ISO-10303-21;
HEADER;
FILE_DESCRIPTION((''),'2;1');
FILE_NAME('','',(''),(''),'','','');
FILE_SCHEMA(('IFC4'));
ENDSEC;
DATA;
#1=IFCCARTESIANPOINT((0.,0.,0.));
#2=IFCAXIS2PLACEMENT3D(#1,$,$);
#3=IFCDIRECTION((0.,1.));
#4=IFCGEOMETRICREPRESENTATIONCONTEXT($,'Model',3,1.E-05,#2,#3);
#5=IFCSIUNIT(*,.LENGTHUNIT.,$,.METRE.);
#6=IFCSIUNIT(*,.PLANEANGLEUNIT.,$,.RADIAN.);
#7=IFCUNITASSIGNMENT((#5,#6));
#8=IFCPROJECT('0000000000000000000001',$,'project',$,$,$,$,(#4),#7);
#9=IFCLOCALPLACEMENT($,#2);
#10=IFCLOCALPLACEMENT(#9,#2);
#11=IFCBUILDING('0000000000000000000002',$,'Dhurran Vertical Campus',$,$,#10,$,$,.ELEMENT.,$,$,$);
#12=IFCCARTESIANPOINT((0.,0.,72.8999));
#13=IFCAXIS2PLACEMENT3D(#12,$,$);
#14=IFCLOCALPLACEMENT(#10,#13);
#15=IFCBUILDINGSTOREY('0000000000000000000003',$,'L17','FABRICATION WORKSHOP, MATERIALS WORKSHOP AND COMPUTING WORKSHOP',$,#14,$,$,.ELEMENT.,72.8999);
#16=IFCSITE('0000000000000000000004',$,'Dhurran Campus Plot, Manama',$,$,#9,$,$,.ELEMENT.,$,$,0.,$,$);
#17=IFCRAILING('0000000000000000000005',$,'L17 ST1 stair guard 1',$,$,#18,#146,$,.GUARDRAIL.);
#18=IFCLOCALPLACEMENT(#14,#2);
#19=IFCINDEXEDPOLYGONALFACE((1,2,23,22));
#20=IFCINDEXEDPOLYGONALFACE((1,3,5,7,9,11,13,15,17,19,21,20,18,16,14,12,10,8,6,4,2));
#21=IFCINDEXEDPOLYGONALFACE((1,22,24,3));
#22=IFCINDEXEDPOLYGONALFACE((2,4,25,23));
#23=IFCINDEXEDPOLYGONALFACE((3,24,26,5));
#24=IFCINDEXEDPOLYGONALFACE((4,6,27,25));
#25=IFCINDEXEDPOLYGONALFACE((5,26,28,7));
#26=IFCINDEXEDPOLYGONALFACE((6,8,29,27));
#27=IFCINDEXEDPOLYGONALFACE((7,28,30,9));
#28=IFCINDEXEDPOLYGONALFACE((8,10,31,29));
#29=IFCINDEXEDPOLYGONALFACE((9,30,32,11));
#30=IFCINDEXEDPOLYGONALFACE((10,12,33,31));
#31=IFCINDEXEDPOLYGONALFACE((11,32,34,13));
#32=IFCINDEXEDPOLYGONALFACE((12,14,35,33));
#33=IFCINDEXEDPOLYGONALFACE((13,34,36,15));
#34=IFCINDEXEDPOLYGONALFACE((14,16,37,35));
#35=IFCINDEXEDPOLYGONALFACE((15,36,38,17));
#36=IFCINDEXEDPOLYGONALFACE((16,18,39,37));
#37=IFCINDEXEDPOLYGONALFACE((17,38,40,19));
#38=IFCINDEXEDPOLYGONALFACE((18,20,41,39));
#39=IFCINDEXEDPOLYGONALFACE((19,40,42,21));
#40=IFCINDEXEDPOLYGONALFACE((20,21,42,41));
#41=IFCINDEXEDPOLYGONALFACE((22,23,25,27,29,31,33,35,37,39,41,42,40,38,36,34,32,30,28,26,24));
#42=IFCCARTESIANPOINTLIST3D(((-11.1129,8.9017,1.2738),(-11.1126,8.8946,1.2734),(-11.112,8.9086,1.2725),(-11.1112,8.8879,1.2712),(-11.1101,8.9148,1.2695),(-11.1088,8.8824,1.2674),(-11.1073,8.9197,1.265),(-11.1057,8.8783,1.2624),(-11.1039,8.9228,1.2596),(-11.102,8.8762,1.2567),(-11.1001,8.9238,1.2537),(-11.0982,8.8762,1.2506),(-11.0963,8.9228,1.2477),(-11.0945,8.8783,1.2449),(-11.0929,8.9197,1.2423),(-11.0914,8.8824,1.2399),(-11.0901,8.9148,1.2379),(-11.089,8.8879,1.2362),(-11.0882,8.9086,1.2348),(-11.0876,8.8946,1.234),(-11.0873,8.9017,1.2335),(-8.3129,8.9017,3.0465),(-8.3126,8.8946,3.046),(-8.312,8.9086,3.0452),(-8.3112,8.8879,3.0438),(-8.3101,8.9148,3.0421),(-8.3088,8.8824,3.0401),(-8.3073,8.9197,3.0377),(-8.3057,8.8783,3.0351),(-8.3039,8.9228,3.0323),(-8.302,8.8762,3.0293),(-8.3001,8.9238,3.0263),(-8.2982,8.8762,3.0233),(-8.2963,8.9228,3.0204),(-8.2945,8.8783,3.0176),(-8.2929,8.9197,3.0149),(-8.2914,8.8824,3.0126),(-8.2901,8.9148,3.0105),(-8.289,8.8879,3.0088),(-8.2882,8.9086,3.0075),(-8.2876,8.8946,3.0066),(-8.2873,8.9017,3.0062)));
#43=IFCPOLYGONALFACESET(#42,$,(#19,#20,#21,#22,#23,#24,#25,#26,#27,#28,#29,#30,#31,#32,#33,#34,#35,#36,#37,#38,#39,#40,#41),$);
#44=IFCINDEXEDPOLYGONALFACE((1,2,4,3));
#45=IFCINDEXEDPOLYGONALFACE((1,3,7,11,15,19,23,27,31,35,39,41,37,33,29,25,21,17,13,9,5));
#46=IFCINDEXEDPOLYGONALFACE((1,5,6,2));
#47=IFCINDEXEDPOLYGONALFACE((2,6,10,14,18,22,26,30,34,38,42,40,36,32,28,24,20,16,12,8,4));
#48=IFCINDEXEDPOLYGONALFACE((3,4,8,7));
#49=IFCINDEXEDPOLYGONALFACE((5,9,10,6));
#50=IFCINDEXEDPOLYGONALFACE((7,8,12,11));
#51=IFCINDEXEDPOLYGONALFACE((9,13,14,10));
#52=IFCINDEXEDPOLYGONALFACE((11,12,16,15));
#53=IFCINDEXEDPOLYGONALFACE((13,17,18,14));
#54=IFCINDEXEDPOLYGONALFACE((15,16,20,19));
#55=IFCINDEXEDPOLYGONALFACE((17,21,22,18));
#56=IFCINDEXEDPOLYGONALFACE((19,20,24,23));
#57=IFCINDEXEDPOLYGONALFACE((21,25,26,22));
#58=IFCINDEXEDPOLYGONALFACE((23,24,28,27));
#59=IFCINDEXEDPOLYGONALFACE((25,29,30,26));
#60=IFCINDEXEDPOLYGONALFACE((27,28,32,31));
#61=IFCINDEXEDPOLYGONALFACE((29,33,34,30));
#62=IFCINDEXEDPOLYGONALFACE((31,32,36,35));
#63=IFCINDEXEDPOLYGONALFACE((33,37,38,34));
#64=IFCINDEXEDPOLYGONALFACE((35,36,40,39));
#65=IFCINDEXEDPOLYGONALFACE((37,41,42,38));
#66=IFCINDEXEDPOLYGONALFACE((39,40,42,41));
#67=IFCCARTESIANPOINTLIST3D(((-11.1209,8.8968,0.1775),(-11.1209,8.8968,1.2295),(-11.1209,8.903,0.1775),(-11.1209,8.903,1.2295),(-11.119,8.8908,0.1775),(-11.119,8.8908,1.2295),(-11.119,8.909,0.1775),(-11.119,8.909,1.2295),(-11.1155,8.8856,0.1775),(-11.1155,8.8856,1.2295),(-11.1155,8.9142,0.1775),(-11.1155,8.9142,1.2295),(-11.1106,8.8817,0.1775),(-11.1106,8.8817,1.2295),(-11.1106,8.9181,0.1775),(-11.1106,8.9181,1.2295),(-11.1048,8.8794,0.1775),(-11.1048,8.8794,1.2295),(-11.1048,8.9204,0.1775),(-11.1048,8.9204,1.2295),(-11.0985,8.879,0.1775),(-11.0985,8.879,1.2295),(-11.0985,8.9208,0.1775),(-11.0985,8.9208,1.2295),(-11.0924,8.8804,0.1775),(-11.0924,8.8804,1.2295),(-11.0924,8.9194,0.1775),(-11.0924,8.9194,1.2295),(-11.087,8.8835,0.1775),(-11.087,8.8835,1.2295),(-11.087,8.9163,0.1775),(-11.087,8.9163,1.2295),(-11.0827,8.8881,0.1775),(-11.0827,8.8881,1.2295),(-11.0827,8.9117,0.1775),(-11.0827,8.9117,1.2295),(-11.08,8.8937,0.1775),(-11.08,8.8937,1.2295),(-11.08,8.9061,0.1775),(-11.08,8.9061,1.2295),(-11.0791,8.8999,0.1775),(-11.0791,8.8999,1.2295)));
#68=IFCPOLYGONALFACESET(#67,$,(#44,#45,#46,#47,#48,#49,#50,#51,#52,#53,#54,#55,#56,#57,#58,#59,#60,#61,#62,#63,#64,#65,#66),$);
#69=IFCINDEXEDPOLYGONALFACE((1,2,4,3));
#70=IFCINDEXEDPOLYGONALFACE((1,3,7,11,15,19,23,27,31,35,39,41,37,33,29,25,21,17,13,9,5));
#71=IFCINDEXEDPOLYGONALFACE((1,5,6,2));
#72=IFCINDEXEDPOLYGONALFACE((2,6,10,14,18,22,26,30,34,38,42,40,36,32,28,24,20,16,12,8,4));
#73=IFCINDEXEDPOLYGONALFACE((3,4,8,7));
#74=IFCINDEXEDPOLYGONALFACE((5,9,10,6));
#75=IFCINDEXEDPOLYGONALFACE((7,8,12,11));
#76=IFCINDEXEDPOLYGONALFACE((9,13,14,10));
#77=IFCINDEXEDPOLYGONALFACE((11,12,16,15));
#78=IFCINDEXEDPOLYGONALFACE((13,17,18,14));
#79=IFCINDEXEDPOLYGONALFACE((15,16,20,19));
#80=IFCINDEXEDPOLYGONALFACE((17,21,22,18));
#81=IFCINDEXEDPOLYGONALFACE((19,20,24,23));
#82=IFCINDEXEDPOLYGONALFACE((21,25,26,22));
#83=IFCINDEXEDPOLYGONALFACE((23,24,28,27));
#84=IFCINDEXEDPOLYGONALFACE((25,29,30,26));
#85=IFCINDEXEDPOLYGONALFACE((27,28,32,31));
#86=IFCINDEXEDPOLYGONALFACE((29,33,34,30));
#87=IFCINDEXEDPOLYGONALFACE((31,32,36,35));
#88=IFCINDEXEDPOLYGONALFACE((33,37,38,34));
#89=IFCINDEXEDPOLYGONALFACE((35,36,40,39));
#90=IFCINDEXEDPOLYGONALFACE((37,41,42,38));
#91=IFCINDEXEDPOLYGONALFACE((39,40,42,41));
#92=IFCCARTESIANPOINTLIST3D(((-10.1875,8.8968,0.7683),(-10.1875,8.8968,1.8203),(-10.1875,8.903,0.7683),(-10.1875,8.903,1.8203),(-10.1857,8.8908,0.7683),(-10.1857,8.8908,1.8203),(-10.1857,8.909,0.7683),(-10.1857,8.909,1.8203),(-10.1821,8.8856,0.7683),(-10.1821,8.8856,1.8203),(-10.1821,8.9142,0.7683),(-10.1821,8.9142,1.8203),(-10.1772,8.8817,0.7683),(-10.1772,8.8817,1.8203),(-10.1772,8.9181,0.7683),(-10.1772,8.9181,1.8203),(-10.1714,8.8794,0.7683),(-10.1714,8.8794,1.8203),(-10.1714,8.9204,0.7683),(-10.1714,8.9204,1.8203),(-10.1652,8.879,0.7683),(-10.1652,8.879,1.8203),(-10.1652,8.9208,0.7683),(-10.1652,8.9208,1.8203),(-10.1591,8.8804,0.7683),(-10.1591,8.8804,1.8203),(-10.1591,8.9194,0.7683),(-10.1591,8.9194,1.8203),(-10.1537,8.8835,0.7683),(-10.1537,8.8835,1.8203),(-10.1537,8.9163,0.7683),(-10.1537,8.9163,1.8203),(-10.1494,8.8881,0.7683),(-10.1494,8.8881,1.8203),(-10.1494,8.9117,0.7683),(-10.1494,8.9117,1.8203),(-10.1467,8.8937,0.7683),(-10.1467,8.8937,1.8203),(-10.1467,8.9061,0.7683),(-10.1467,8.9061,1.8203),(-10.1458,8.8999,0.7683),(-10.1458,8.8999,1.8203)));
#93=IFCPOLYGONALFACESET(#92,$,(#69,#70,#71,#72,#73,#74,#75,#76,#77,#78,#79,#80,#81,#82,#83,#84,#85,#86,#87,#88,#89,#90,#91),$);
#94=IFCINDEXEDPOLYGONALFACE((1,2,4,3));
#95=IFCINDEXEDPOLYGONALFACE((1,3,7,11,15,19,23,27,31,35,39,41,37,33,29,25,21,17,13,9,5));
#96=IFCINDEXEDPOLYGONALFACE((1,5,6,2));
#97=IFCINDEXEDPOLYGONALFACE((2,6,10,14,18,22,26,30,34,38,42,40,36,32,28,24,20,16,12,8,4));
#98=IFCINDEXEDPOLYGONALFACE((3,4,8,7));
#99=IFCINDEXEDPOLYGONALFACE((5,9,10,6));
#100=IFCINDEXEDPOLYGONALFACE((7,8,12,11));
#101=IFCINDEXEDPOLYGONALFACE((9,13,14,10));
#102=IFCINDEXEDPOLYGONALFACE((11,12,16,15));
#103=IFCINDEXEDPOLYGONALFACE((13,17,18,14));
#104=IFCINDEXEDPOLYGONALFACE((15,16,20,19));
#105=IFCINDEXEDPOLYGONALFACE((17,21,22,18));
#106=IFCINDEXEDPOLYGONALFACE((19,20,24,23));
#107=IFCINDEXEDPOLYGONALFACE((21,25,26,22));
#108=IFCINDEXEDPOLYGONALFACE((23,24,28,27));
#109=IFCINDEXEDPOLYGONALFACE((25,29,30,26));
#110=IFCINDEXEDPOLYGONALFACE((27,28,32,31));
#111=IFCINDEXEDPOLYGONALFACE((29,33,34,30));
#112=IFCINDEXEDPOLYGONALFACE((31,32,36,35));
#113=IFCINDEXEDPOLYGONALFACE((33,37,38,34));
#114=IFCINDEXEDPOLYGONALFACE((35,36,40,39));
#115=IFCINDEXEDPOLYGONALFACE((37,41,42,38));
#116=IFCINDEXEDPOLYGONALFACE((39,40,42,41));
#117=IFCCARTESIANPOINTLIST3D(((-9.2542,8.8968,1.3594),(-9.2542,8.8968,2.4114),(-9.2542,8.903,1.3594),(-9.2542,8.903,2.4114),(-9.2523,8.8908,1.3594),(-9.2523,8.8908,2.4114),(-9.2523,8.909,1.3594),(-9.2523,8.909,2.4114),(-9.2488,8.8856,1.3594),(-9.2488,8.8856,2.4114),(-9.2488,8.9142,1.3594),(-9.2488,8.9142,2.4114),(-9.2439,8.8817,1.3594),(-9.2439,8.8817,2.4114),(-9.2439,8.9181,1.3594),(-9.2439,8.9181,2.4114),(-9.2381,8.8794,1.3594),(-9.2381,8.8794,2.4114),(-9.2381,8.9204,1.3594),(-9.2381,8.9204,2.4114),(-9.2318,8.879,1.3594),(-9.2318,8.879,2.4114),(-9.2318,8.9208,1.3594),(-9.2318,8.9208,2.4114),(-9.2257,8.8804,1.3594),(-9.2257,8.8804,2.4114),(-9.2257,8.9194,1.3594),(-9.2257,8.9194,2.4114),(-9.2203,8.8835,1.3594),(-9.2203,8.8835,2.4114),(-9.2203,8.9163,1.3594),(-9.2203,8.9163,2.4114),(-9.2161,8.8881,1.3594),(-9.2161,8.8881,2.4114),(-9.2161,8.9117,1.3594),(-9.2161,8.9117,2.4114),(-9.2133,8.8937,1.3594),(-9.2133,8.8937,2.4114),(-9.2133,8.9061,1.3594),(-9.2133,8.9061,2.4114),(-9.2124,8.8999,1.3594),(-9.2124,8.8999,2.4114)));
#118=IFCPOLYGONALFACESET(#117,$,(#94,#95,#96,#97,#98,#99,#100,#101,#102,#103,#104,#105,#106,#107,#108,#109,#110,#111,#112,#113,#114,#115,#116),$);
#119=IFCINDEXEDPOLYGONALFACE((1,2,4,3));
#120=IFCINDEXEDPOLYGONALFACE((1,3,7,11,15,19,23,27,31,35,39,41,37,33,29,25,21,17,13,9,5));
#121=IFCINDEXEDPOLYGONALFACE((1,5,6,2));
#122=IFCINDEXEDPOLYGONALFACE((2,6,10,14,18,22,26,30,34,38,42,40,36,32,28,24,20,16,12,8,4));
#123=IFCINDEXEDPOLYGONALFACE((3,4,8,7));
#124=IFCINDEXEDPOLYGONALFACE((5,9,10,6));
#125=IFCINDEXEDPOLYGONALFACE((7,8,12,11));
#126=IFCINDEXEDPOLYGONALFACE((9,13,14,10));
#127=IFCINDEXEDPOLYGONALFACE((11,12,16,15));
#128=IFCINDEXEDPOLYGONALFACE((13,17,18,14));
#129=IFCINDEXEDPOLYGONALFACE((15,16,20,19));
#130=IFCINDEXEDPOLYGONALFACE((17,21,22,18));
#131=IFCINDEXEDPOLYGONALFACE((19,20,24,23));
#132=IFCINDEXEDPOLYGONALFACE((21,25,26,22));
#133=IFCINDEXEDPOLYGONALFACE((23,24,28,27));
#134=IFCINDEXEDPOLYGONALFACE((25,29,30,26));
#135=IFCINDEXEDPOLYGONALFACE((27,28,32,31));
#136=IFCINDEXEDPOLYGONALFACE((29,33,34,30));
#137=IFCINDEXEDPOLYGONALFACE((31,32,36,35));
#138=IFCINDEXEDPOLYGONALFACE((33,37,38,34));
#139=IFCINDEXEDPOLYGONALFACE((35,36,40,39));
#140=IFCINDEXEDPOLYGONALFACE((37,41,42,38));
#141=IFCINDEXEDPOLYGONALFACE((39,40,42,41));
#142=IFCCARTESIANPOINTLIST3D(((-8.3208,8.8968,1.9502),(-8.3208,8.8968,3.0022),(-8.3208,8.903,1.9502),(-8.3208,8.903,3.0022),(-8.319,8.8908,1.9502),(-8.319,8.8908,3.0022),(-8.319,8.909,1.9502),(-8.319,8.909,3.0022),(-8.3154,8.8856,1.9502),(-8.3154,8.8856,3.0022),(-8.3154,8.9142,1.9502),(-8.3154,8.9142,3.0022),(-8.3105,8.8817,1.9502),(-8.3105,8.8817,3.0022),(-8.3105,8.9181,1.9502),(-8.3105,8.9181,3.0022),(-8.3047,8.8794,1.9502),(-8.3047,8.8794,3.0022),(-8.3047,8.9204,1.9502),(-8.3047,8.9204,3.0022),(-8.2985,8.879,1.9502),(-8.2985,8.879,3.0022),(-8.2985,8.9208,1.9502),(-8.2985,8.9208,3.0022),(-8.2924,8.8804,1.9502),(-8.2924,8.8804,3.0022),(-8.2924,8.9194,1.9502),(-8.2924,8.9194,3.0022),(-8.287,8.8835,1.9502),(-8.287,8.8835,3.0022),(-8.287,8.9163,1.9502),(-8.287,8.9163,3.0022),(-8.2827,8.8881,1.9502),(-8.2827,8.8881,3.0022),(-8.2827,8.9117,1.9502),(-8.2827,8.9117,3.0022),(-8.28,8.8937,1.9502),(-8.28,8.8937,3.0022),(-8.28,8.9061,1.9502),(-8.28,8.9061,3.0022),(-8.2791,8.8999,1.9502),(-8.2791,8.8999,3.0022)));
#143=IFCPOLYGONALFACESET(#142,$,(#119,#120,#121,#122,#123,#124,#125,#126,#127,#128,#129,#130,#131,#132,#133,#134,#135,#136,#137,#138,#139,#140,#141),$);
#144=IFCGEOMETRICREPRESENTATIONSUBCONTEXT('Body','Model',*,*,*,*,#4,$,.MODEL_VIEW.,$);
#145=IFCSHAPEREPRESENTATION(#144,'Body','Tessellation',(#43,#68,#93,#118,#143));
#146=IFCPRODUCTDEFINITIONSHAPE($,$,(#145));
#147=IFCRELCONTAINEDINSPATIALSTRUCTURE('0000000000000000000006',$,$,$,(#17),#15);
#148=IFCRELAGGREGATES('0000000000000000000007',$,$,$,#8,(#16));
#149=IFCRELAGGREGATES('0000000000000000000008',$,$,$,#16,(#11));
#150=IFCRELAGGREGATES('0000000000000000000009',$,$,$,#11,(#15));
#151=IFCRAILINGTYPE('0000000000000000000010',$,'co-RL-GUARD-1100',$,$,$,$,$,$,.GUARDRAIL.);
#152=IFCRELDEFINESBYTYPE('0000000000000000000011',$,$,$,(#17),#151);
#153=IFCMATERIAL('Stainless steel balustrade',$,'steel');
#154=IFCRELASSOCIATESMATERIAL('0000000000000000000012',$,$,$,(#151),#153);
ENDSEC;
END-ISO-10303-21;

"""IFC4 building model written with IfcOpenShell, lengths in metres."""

from ifc_helpers import new_model, si_unit, direction, frame, origin, origin_2d, place, context, subcontext, project, spatial, circle, extrude, material, type_object, element, save


model = new_model("IFC4")

# Units and contexts
model_context = context("Model", 3, precision=1e-05, world=origin(), true_north=direction((0.0, 1.0)))
body_context = subcontext(model_context, "Body", "Model", "MODEL_VIEW")
ifc_project = project(units=[si_unit("LENGTHUNIT", "METRE"), si_unit("PLANEANGLEUNIT", "RADIAN")], contexts=[model_context])

# Site, building, storey
site_placement = place(None, origin())
site = spatial("IfcSite", under=ifc_project, at=site_placement, Name="Dhurran Campus Plot, Manama", CompositionType="ELEMENT", RefElevation=0.0)
building_placement = place(site_placement, origin())
building = spatial("IfcBuilding", under=site, at=building_placement, Name="Dhurran Vertical Campus", CompositionType="ELEMENT")
storey_placement = place(building_placement, frame((0.0, 0.0, 72.8999)))
storey = spatial("IfcBuildingStorey", under=building, at=storey_placement, Name="L17", Description="FABRICATION WORKSHOP, MATERIALS WORKSHOP AND COMPUTING WORKSHOP", CompositionType="ELEMENT", Elevation=72.8999)

# Railing
ifc_material_1 = material(Name="Stainless steel balustrade", Category="steel")
railing_type_1 = type_object("IfcRailingType", Name="co-RL-GUARD-1100", PredefinedType="GUARDRAIL", material=ifc_material_1)
railing_1_placement = place(storey_placement, frame((-11.1001, 8.8999, 0.1775)))
element("IfcRailing", 1, at=railing_1_placement, inside=storey, type_object=railing_type_1, Name="L17 ST1 stair guard 1", PredefinedType="GUARDRAIL", context=body_context, shape_type="SweptSolid", body=[
    extrude(circle(Radius=0.0239, at=origin_2d()), frame((0.0, 0.0, 1.0762), z_axis=(0.844909, 0.0, 0.53491), x_axis=(0.0, 1.0, 0.0)), (0.0, 0.0, 1.0), 3.314),
    extrude(circle(Radius=0.021, at=origin_2d()), origin(), (0.0, 0.0, 1.0), 1.052),
    extrude(circle(Radius=0.021, at=origin_2d()), frame((0.9333, 0.0, 0.5908)), (0.0, 0.0, 1.0), 1.052),
    extrude(circle(Radius=0.021, at=origin_2d()), frame((1.8667, 0.0, 1.1819)), (0.0, 0.0, 1.0), 1.052),
    extrude(circle(Radius=0.021, at=origin_2d()), frame((2.8, 0.0, 1.7727)), (0.0, 0.0, 1.0), 1.052),
])

save(model, "model.ifc")
